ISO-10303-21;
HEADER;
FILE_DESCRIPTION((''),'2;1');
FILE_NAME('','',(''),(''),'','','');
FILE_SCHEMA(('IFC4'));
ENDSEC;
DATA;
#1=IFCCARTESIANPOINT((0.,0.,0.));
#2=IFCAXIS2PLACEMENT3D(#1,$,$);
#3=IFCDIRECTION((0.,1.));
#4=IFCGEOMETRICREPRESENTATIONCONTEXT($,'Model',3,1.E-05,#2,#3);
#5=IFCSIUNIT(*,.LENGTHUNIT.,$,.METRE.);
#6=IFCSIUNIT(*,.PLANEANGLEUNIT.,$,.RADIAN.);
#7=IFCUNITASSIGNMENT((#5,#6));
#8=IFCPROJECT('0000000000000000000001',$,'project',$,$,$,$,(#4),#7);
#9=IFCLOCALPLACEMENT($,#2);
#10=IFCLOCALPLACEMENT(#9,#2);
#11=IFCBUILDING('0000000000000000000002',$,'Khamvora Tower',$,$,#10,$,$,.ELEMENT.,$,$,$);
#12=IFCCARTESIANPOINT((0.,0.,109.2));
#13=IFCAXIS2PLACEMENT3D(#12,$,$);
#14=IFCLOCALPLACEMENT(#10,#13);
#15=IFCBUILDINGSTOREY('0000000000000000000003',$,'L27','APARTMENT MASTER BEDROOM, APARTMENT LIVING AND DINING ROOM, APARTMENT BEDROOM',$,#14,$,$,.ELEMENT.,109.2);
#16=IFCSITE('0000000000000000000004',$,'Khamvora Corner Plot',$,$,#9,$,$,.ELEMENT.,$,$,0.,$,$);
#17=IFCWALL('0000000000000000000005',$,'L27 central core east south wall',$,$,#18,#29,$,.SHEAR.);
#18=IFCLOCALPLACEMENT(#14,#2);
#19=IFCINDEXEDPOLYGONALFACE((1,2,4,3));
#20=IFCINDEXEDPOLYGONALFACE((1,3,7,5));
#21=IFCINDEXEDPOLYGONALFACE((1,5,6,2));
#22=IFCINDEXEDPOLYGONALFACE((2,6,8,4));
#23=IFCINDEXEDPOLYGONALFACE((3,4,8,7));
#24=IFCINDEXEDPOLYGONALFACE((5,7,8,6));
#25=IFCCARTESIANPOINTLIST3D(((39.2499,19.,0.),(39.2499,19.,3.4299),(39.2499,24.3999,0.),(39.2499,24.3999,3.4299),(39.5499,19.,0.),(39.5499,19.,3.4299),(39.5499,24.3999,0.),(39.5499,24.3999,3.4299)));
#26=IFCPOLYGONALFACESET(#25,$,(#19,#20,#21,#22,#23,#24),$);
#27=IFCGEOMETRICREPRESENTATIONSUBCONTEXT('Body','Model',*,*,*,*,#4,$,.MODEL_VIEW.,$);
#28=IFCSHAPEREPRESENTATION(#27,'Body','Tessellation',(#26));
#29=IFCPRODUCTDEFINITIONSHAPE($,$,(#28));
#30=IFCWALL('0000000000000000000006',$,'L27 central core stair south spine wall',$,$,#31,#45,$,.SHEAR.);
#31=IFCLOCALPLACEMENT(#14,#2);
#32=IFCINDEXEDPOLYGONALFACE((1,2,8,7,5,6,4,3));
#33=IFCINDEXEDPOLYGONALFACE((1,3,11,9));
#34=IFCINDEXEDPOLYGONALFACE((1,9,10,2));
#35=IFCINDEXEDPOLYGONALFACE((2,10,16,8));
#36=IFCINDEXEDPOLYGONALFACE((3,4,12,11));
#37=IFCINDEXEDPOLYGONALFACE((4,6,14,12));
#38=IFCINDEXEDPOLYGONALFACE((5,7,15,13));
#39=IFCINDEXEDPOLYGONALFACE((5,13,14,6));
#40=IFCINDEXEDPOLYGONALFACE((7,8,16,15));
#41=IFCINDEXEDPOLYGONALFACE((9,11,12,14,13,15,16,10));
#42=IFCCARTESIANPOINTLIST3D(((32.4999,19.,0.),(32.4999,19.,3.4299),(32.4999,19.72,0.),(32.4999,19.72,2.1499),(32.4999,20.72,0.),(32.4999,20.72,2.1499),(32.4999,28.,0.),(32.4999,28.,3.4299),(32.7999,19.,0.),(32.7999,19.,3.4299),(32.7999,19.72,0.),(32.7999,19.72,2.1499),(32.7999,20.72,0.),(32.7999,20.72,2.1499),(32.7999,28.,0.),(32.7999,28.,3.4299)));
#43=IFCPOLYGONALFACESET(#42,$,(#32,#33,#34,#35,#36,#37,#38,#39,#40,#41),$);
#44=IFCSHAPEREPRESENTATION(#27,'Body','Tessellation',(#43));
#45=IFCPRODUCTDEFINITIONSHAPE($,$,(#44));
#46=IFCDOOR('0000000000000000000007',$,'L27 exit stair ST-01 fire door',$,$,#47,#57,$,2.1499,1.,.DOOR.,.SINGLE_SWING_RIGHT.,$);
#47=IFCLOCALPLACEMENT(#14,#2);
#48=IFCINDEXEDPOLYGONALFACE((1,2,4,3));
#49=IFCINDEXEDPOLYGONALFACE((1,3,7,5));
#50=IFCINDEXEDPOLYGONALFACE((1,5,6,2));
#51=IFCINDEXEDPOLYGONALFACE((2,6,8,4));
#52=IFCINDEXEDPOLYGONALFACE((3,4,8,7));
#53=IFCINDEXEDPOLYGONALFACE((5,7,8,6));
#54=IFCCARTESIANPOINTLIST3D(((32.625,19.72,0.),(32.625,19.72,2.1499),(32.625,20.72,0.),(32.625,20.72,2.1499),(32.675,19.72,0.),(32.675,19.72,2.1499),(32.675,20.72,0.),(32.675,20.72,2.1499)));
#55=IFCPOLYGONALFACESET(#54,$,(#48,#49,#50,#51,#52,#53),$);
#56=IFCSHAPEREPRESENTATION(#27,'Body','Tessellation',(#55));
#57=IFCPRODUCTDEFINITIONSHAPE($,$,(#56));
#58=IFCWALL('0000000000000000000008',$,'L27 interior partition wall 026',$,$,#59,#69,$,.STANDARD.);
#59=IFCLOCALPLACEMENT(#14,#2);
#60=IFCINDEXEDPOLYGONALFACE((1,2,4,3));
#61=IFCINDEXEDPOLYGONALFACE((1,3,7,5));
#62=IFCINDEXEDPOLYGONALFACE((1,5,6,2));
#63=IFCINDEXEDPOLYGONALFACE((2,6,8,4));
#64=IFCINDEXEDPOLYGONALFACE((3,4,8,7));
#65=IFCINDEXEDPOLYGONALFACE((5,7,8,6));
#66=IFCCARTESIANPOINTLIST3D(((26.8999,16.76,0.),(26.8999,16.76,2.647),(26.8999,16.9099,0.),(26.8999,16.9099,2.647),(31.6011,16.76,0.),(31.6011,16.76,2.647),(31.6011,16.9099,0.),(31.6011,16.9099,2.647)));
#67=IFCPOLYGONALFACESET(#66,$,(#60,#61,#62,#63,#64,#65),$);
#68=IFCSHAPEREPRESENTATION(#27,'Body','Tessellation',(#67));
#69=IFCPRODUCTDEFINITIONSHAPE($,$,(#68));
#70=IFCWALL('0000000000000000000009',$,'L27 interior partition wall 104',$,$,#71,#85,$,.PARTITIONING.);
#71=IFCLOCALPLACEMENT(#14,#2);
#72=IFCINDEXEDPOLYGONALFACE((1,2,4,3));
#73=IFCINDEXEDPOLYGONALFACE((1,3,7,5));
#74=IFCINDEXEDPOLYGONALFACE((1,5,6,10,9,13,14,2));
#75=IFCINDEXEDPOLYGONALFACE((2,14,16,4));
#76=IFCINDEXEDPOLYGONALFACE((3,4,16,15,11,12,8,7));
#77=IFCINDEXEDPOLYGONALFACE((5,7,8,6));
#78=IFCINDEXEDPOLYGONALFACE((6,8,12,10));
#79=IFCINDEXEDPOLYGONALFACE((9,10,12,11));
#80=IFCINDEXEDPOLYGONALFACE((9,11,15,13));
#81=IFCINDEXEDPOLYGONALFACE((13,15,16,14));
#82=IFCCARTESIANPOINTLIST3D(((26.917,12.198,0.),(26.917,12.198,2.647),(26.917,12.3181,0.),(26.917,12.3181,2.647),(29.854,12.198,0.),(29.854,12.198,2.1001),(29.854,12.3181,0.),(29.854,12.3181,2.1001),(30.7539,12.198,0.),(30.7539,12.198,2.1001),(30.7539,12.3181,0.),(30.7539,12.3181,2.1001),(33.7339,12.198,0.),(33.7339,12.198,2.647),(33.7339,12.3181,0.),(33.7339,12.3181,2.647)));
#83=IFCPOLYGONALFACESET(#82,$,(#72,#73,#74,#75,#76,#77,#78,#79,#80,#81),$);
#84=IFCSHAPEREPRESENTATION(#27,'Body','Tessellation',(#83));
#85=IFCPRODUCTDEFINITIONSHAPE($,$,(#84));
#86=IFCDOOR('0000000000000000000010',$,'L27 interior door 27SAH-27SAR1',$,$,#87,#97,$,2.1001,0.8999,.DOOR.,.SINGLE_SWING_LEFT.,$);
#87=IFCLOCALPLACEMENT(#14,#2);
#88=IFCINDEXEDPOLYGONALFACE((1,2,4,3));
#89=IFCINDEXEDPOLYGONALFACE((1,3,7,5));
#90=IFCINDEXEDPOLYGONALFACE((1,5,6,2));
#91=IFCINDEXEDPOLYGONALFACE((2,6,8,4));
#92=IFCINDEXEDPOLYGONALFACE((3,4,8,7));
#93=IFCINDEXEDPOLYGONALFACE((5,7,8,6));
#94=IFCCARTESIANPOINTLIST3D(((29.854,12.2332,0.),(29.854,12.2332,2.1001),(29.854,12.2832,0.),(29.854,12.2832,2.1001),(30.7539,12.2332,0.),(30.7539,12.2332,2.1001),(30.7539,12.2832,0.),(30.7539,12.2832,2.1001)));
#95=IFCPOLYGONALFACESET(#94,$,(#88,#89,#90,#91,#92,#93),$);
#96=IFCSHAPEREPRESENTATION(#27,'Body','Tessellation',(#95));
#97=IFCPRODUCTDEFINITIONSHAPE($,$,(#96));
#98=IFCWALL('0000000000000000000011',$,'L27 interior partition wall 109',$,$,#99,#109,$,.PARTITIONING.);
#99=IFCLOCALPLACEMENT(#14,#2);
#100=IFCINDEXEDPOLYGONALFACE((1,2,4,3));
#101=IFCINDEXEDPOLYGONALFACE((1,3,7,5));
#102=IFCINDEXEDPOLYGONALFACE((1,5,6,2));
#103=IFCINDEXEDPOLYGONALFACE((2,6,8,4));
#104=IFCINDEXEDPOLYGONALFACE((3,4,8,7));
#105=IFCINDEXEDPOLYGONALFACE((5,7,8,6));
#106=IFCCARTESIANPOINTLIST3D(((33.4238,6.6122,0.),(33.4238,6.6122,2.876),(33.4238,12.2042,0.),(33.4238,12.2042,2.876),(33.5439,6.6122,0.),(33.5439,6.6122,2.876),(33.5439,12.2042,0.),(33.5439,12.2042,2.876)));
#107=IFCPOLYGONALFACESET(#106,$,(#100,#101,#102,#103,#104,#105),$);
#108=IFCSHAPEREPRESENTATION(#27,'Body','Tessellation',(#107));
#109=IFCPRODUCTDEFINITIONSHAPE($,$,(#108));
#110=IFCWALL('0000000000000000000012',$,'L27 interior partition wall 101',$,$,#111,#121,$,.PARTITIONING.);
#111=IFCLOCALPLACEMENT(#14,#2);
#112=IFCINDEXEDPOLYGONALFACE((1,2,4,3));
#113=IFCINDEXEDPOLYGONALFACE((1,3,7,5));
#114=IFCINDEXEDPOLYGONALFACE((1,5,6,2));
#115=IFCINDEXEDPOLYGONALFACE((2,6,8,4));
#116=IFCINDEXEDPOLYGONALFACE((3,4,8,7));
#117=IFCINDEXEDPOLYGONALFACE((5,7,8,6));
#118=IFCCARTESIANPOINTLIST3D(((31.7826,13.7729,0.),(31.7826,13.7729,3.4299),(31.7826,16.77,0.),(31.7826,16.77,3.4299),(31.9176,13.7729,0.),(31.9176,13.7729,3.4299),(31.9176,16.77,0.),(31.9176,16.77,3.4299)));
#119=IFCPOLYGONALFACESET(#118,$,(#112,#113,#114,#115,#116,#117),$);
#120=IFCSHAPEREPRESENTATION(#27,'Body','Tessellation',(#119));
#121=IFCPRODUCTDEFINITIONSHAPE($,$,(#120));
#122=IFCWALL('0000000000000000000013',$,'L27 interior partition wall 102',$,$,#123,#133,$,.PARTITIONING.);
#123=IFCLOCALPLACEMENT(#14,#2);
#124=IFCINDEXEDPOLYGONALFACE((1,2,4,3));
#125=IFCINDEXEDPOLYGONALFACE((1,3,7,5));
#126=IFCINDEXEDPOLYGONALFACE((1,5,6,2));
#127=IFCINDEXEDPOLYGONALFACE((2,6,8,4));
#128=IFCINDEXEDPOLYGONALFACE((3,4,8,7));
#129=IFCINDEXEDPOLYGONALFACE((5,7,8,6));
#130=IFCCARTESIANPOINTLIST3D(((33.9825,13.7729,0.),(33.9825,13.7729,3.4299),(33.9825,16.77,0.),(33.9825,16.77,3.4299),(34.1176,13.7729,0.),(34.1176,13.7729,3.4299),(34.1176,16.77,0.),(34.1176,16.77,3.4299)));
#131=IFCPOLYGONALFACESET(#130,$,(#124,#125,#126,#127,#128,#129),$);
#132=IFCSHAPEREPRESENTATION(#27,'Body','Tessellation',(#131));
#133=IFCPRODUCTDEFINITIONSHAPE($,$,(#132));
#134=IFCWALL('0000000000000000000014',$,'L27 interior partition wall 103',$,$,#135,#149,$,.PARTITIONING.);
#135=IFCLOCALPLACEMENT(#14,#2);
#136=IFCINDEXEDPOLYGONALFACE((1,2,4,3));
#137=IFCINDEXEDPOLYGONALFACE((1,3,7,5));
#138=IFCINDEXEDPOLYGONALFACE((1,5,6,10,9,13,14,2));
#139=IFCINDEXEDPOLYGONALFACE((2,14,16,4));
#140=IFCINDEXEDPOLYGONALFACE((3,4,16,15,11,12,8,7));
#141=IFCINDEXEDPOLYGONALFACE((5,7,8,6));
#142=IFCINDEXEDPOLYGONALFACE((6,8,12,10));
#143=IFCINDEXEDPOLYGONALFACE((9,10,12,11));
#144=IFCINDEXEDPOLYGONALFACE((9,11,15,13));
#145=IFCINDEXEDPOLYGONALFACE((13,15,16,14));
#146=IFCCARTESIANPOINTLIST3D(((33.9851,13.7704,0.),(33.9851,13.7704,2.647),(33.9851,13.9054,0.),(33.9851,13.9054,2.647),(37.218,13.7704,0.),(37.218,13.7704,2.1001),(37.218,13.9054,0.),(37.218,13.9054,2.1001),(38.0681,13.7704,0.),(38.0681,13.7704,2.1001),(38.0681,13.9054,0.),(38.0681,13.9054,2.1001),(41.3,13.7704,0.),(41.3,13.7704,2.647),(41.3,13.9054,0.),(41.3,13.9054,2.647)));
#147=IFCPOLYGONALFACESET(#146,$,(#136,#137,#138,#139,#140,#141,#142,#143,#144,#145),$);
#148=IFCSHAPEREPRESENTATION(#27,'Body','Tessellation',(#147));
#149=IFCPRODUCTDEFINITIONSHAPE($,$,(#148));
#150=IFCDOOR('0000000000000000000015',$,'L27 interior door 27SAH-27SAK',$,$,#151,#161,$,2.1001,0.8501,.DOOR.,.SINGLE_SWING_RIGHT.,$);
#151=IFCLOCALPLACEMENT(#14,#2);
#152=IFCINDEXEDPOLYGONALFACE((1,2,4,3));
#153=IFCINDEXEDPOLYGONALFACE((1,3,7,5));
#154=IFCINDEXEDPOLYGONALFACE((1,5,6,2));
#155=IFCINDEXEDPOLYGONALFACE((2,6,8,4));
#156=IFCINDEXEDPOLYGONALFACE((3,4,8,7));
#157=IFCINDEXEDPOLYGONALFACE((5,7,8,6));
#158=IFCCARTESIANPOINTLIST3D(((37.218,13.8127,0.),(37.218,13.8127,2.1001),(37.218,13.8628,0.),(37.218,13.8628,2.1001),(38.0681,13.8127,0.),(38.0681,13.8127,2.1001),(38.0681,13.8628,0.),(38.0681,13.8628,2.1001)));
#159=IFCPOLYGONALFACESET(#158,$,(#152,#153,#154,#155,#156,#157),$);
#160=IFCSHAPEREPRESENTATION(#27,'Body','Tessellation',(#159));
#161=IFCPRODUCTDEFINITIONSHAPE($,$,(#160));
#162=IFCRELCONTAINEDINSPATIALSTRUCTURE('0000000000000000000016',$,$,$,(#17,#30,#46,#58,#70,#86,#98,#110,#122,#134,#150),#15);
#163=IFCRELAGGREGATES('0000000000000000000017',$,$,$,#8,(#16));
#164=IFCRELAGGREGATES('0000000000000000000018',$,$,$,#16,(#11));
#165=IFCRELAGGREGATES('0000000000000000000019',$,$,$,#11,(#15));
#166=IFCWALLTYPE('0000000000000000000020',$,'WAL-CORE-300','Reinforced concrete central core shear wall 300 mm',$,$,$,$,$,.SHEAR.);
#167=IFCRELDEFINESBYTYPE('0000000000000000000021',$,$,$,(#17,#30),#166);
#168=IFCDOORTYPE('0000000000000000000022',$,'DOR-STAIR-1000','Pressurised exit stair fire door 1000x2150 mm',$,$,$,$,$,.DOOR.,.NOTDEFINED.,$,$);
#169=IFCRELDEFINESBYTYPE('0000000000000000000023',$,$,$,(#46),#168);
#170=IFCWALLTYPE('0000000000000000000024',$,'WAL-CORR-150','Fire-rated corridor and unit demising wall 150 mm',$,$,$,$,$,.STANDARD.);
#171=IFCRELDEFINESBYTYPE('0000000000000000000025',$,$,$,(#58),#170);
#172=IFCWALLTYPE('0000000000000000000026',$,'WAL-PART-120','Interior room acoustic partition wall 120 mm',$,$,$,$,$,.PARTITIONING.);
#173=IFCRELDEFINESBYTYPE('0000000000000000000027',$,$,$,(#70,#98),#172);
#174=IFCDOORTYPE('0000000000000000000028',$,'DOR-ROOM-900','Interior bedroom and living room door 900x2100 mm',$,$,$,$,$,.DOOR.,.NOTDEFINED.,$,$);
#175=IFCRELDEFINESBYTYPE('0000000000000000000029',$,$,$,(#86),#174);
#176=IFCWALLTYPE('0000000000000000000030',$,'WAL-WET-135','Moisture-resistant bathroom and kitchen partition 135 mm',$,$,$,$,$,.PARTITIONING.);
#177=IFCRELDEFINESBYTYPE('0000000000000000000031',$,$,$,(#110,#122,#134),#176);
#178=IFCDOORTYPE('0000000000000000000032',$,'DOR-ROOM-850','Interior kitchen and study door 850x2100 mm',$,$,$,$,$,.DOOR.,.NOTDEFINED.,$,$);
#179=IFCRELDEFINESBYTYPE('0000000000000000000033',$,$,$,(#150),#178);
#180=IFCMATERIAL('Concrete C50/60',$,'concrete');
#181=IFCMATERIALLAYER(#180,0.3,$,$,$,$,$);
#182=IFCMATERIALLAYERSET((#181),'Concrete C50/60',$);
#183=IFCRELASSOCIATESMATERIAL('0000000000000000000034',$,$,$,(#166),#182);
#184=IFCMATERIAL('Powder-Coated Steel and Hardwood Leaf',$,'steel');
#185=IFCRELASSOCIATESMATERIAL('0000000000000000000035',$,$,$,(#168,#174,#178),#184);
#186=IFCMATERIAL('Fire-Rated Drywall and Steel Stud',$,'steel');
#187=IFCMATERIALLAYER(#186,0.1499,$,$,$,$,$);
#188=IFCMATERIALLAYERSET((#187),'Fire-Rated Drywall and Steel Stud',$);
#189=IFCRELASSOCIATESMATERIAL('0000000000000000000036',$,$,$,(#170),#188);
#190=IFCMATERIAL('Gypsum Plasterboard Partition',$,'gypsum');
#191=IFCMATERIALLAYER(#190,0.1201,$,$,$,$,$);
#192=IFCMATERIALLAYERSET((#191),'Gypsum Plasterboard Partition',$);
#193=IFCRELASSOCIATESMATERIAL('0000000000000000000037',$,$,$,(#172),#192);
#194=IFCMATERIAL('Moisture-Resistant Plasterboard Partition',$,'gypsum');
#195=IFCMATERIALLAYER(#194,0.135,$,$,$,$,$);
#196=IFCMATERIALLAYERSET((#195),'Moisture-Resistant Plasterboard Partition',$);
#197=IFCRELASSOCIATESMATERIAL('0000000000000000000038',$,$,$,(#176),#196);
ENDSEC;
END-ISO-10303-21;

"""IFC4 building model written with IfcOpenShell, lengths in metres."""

from ifc_helpers import new_model, si_unit, direction, frame, frame_2d, origin, place, context, subcontext, project, spatial, rectangle, extrude, material, layer, layer_set, type_object, element, fill, save


model = new_model("IFC4")

# Units and contexts
model_context = context("Model", 3, precision=1e-05, world=origin(), true_north=direction((0.0, 1.0)))
body_context = subcontext(model_context, "Body", "Model", "MODEL_VIEW")
ifc_project = project(units=[si_unit("LENGTHUNIT", "METRE"), si_unit("PLANEANGLEUNIT", "RADIAN")], contexts=[model_context])

# Site, building, storey
site_placement = place(None, origin())
site = spatial("IfcSite", under=ifc_project, at=site_placement, Name="Khamvora Corner Plot", CompositionType="ELEMENT", RefElevation=0.0)
building_placement = place(site_placement, origin())
building = spatial("IfcBuilding", under=site, at=building_placement, Name="Khamvora Tower", CompositionType="ELEMENT")
storey_placement = place(building_placement, frame((0.0, 0.0, 109.2)))
storey = spatial("IfcBuildingStorey", under=building, at=storey_placement, Name="L27", Description="APARTMENT MASTER BEDROOM, APARTMENT LIVING AND DINING ROOM, APARTMENT BEDROOM", CompositionType="ELEMENT", Elevation=109.2)

# Wall
ifc_material_1 = material(Name="Concrete C50/60", Category="concrete")
ifc_layer_1 = layer(ifc_material_1, 0.3)
ifc_layer_set_1 = layer_set([ifc_layer_1], Name="Concrete C50/60")
wall_type_1 = type_object("IfcWallType", Name="WAL-CORE-300", Description="Reinforced concrete central core shear wall 300 mm", PredefinedType="SHEAR", material=ifc_layer_set_1)
wall_1_placement = place(storey_placement, frame((39.3999, 19.0, 0.0), z_axis=(0.0, 0.0, 1.0), x_axis=(0.0, 1.0, 0.0)))
element("IfcWall", 1, at=wall_1_placement, inside=storey, type_object=wall_type_1, Name="L27 central core east south wall", PredefinedType="SHEAR", context=body_context, shape_type="SweptSolid", body=[
    extrude(rectangle(XDim=5.3999, YDim=0.3, at=frame_2d((2.7, 0.0))), origin(), (0.0, 0.0, 1.0), 3.4299),
])

# Wall, opening, door
wall_2_placement = place(storey_placement, frame((32.6499, 19.0, 0.0), z_axis=(0.0, 0.0, 1.0), x_axis=(0.0, 1.0, 0.0)))
wall_2 = element("IfcWall", 2, at=wall_2_placement, inside=storey, type_object=wall_type_1, Name="L27 central core stair south spine wall", PredefinedType="SHEAR", context=body_context, shape_type="SweptSolid", body=[
    extrude(rectangle(XDim=9.0, YDim=0.3, at=frame_2d((4.5, 0.0))), origin(), (0.0, 0.0, 1.0), 3.4299),
])
opening_1_placement = place(wall_2_placement, frame((0.72, 0.0, 0.0)))
opening_1 = element("IfcOpeningElement", 3, at=opening_1_placement, cuts=wall_2, PredefinedType="OPENING", context=body_context, shape_type="SweptSolid", body=[
    extrude(rectangle(XDim=1.0, YDim=2.1499, at=frame_2d((0.5, 1.075))), frame((0.0, 0.1599, 0.0), z_axis=(0.0, -1.0, 0.0), x_axis=(1.0, 0.0, 0.0)), (0.0, 0.0, 1.0), 0.3201),
])
ifc_material_2 = material(Name="Powder-Coated Steel and Hardwood Leaf", Category="steel")
door_type_1 = type_object("IfcDoorType", Name="DOR-STAIR-1000", Description="Pressurised exit stair fire door 1000x2150 mm", OperationType="NOTDEFINED", PredefinedType="DOOR", material=ifc_material_2)
door_1_placement = place(opening_1_placement, origin())
door_1 = element("IfcDoor", 4, at=door_1_placement, inside=storey, type_object=door_type_1, Name="L27 exit stair ST-01 fire door", OperationType="SINGLE_SWING_RIGHT", OverallHeight=2.1499, OverallWidth=1.0, PredefinedType="DOOR", context=body_context, shape_type="SweptSolid", body=[
    extrude(rectangle(XDim=1.0, YDim=2.1499, at=frame_2d((0.5, 1.075))), frame((0.0, 0.0249, 0.0), z_axis=(0.0, -1.0, 0.0), x_axis=(1.0, 0.0, 0.0)), (0.0, 0.0, 1.0), 0.05),
])
fill(opening_1, door_1)

# Shared definitions
ifc_material_3 = material(Name="Fire-Rated Drywall and Steel Stud", Category="steel")
ifc_layer_2 = layer(ifc_material_3, 0.1499)
ifc_layer_set_2 = layer_set([ifc_layer_2], Name="Fire-Rated Drywall and Steel Stud")
wall_type_2 = type_object("IfcWallType", Name="WAL-CORR-150", Description="Fire-rated corridor and unit demising wall 150 mm", PredefinedType="STANDARD", material=ifc_layer_set_2)

# Wall
wall_3_placement = place(storey_placement, frame((31.6011, 16.835, 0.0), z_axis=(0.0, 0.0, 1.0), x_axis=(-1.0, 0.0, 0.0)))
element("IfcWall", 5, at=wall_3_placement, inside=storey, type_object=wall_type_2, Name="L27 interior partition wall 026", PredefinedType="STANDARD", context=body_context, shape_type="SweptSolid", body=[
    extrude(rectangle(XDim=4.7012, YDim=0.1499, at=frame_2d((2.3506, 0.0))), origin(), (0.0, 0.0, 1.0), 2.647),
])

# Wall, opening, door
ifc_material_4 = material(Name="Gypsum Plasterboard Partition", Category="gypsum")
ifc_layer_3 = layer(ifc_material_4, 0.1201)
ifc_layer_set_3 = layer_set([ifc_layer_3], Name="Gypsum Plasterboard Partition")
wall_type_3 = type_object("IfcWallType", Name="WAL-PART-120", Description="Interior room acoustic partition wall 120 mm", PredefinedType="PARTITIONING", material=ifc_layer_set_3)
wall_4_placement = place(storey_placement, frame((33.7339, 12.2581, 0.0), z_axis=(0.0, 0.0, 1.0), x_axis=(-1.0, 0.0, 0.0)))
wall_4 = element("IfcWall", 6, at=wall_4_placement, inside=storey, type_object=wall_type_3, Name="L27 interior partition wall 104", PredefinedType="PARTITIONING", context=body_context, shape_type="SweptSolid", body=[
    extrude(rectangle(XDim=6.8169, YDim=0.1201, at=frame_2d((3.4084, 0.0))), origin(), (0.0, 0.0, 1.0), 2.647),
])
opening_2_placement = place(wall_4_placement, frame((2.98, 0.0, 0.0)))
opening_2 = element("IfcOpeningElement", 7, at=opening_2_placement, cuts=wall_4, PredefinedType="OPENING", context=body_context, shape_type="SweptSolid", body=[
    extrude(rectangle(XDim=0.8999, YDim=2.1001, at=frame_2d((0.45, 1.05))), frame((0.0, 0.0701, 0.0), z_axis=(0.0, -1.0, 0.0), x_axis=(1.0, 0.0, 0.0)), (0.0, 0.0, 1.0), 0.1401),
])
door_type_2 = type_object("IfcDoorType", Name="DOR-ROOM-900", Description="Interior bedroom and living room door 900x2100 mm", OperationType="NOTDEFINED", PredefinedType="DOOR", material=ifc_material_2)
door_2_placement = place(opening_2_placement, origin())
door_2 = element("IfcDoor", 8, at=door_2_placement, inside=storey, type_object=door_type_2, Name="L27 interior door 27SAH-27SAR1", OperationType="SINGLE_SWING_LEFT", OverallHeight=2.1001, OverallWidth=0.8999, PredefinedType="DOOR", context=body_context, shape_type="SweptSolid", body=[
    extrude(rectangle(XDim=0.8999, YDim=2.1001, at=frame_2d((0.45, 1.05))), frame((0.0, 0.0249, 0.0), z_axis=(0.0, -1.0, 0.0), x_axis=(1.0, 0.0, 0.0)), (0.0, 0.0, 1.0), 0.05),
])
fill(opening_2, door_2)

# Walls
wall_5_placement = place(storey_placement, frame((33.4839, 12.2041, 0.0), z_axis=(0.0, 0.0, 1.0), x_axis=(0.0, -1.0, 0.0)))
element("IfcWall", 9, at=wall_5_placement, inside=storey, type_object=wall_type_3, Name="L27 interior partition wall 109", PredefinedType="PARTITIONING", context=body_context, shape_type="SweptSolid", body=[
    extrude(rectangle(XDim=5.592, YDim=0.1201, at=frame_2d((2.7959, 0.0))), origin(), (0.0, 0.0, 1.0), 2.876),
])
ifc_material_5 = material(Name="Moisture-Resistant Plasterboard Partition", Category="gypsum")
ifc_layer_4 = layer(ifc_material_5, 0.135)
ifc_layer_set_4 = layer_set([ifc_layer_4], Name="Moisture-Resistant Plasterboard Partition")
wall_type_4 = type_object("IfcWallType", Name="WAL-WET-135", Description="Moisture-resistant bathroom and kitchen partition 135 mm", PredefinedType="PARTITIONING", material=ifc_layer_set_4)
for number, where, z_axis, x_axis, name in (
    (10, (31.8501, 13.7729, 0.0), (0.0, 0.0, 1.0), (0.0, 1.0, 0.0), "L27 interior partition wall 101"),
    (11, (34.05, 16.77, 0.0), (0.0, 0.0, 1.0), (0.0, -1.0, 0.0), "L27 interior partition wall 102"),
):
    element("IfcWall", number, at=place(storey_placement, frame(where, z_axis=z_axis, x_axis=x_axis)), inside=storey, type_object=wall_type_4, Name=name, PredefinedType="PARTITIONING", context=body_context, shape_type="SweptSolid", body=[
        extrude(rectangle(XDim=2.9971, YDim=0.135, at=frame_2d((1.4985, 0.0))), origin(), (0.0, 0.0, 1.0), 3.4299),
    ])

# Wall, opening, door
wall_6_placement = place(storey_placement, frame((33.9851, 13.8379, 0.0), z_axis=(0.0, 0.0, 1.0), x_axis=(1.0, 0.0, 0.0)))
wall_6 = element("IfcWall", 12, at=wall_6_placement, inside=storey, type_object=wall_type_4, Name="L27 interior partition wall 103", PredefinedType="PARTITIONING", context=body_context, shape_type="SweptSolid", body=[
    extrude(rectangle(XDim=7.3149, YDim=0.135, at=frame_2d((3.6575, 0.0))), origin(), (0.0, 0.0, 1.0), 2.647),
])
opening_3_placement = place(wall_6_placement, frame((3.2329, 0.0, 0.0)))
opening_3 = element("IfcOpeningElement", 13, at=opening_3_placement, cuts=wall_6, PredefinedType="OPENING", context=body_context, shape_type="SweptSolid", body=[
    extrude(rectangle(XDim=0.8501, YDim=2.1001, at=frame_2d((0.425, 1.05))), frame((0.0, 0.0774, 0.0), z_axis=(0.0, -1.0, 0.0), x_axis=(1.0, 0.0, 0.0)), (0.0, 0.0, 1.0), 0.155),
])
door_type_3 = type_object("IfcDoorType", Name="DOR-ROOM-850", Description="Interior kitchen and study door 850x2100 mm", OperationType="NOTDEFINED", PredefinedType="DOOR", material=ifc_material_2)
door_3_placement = place(opening_3_placement, origin())
door_3 = element("IfcDoor", 14, at=door_3_placement, inside=storey, type_object=door_type_3, Name="L27 interior door 27SAH-27SAK", OperationType="SINGLE_SWING_RIGHT", OverallHeight=2.1001, OverallWidth=0.8501, PredefinedType="DOOR", context=body_context, shape_type="SweptSolid", body=[
    extrude(rectangle(XDim=0.8501, YDim=2.1001, at=frame_2d((0.425, 1.05))), frame((0.0, 0.0249, 0.0), z_axis=(0.0, -1.0, 0.0), x_axis=(1.0, 0.0, 0.0)), (0.0, 0.0, 1.0), 0.05),
])
fill(opening_3, door_3)

save(model, "model.ifc")
